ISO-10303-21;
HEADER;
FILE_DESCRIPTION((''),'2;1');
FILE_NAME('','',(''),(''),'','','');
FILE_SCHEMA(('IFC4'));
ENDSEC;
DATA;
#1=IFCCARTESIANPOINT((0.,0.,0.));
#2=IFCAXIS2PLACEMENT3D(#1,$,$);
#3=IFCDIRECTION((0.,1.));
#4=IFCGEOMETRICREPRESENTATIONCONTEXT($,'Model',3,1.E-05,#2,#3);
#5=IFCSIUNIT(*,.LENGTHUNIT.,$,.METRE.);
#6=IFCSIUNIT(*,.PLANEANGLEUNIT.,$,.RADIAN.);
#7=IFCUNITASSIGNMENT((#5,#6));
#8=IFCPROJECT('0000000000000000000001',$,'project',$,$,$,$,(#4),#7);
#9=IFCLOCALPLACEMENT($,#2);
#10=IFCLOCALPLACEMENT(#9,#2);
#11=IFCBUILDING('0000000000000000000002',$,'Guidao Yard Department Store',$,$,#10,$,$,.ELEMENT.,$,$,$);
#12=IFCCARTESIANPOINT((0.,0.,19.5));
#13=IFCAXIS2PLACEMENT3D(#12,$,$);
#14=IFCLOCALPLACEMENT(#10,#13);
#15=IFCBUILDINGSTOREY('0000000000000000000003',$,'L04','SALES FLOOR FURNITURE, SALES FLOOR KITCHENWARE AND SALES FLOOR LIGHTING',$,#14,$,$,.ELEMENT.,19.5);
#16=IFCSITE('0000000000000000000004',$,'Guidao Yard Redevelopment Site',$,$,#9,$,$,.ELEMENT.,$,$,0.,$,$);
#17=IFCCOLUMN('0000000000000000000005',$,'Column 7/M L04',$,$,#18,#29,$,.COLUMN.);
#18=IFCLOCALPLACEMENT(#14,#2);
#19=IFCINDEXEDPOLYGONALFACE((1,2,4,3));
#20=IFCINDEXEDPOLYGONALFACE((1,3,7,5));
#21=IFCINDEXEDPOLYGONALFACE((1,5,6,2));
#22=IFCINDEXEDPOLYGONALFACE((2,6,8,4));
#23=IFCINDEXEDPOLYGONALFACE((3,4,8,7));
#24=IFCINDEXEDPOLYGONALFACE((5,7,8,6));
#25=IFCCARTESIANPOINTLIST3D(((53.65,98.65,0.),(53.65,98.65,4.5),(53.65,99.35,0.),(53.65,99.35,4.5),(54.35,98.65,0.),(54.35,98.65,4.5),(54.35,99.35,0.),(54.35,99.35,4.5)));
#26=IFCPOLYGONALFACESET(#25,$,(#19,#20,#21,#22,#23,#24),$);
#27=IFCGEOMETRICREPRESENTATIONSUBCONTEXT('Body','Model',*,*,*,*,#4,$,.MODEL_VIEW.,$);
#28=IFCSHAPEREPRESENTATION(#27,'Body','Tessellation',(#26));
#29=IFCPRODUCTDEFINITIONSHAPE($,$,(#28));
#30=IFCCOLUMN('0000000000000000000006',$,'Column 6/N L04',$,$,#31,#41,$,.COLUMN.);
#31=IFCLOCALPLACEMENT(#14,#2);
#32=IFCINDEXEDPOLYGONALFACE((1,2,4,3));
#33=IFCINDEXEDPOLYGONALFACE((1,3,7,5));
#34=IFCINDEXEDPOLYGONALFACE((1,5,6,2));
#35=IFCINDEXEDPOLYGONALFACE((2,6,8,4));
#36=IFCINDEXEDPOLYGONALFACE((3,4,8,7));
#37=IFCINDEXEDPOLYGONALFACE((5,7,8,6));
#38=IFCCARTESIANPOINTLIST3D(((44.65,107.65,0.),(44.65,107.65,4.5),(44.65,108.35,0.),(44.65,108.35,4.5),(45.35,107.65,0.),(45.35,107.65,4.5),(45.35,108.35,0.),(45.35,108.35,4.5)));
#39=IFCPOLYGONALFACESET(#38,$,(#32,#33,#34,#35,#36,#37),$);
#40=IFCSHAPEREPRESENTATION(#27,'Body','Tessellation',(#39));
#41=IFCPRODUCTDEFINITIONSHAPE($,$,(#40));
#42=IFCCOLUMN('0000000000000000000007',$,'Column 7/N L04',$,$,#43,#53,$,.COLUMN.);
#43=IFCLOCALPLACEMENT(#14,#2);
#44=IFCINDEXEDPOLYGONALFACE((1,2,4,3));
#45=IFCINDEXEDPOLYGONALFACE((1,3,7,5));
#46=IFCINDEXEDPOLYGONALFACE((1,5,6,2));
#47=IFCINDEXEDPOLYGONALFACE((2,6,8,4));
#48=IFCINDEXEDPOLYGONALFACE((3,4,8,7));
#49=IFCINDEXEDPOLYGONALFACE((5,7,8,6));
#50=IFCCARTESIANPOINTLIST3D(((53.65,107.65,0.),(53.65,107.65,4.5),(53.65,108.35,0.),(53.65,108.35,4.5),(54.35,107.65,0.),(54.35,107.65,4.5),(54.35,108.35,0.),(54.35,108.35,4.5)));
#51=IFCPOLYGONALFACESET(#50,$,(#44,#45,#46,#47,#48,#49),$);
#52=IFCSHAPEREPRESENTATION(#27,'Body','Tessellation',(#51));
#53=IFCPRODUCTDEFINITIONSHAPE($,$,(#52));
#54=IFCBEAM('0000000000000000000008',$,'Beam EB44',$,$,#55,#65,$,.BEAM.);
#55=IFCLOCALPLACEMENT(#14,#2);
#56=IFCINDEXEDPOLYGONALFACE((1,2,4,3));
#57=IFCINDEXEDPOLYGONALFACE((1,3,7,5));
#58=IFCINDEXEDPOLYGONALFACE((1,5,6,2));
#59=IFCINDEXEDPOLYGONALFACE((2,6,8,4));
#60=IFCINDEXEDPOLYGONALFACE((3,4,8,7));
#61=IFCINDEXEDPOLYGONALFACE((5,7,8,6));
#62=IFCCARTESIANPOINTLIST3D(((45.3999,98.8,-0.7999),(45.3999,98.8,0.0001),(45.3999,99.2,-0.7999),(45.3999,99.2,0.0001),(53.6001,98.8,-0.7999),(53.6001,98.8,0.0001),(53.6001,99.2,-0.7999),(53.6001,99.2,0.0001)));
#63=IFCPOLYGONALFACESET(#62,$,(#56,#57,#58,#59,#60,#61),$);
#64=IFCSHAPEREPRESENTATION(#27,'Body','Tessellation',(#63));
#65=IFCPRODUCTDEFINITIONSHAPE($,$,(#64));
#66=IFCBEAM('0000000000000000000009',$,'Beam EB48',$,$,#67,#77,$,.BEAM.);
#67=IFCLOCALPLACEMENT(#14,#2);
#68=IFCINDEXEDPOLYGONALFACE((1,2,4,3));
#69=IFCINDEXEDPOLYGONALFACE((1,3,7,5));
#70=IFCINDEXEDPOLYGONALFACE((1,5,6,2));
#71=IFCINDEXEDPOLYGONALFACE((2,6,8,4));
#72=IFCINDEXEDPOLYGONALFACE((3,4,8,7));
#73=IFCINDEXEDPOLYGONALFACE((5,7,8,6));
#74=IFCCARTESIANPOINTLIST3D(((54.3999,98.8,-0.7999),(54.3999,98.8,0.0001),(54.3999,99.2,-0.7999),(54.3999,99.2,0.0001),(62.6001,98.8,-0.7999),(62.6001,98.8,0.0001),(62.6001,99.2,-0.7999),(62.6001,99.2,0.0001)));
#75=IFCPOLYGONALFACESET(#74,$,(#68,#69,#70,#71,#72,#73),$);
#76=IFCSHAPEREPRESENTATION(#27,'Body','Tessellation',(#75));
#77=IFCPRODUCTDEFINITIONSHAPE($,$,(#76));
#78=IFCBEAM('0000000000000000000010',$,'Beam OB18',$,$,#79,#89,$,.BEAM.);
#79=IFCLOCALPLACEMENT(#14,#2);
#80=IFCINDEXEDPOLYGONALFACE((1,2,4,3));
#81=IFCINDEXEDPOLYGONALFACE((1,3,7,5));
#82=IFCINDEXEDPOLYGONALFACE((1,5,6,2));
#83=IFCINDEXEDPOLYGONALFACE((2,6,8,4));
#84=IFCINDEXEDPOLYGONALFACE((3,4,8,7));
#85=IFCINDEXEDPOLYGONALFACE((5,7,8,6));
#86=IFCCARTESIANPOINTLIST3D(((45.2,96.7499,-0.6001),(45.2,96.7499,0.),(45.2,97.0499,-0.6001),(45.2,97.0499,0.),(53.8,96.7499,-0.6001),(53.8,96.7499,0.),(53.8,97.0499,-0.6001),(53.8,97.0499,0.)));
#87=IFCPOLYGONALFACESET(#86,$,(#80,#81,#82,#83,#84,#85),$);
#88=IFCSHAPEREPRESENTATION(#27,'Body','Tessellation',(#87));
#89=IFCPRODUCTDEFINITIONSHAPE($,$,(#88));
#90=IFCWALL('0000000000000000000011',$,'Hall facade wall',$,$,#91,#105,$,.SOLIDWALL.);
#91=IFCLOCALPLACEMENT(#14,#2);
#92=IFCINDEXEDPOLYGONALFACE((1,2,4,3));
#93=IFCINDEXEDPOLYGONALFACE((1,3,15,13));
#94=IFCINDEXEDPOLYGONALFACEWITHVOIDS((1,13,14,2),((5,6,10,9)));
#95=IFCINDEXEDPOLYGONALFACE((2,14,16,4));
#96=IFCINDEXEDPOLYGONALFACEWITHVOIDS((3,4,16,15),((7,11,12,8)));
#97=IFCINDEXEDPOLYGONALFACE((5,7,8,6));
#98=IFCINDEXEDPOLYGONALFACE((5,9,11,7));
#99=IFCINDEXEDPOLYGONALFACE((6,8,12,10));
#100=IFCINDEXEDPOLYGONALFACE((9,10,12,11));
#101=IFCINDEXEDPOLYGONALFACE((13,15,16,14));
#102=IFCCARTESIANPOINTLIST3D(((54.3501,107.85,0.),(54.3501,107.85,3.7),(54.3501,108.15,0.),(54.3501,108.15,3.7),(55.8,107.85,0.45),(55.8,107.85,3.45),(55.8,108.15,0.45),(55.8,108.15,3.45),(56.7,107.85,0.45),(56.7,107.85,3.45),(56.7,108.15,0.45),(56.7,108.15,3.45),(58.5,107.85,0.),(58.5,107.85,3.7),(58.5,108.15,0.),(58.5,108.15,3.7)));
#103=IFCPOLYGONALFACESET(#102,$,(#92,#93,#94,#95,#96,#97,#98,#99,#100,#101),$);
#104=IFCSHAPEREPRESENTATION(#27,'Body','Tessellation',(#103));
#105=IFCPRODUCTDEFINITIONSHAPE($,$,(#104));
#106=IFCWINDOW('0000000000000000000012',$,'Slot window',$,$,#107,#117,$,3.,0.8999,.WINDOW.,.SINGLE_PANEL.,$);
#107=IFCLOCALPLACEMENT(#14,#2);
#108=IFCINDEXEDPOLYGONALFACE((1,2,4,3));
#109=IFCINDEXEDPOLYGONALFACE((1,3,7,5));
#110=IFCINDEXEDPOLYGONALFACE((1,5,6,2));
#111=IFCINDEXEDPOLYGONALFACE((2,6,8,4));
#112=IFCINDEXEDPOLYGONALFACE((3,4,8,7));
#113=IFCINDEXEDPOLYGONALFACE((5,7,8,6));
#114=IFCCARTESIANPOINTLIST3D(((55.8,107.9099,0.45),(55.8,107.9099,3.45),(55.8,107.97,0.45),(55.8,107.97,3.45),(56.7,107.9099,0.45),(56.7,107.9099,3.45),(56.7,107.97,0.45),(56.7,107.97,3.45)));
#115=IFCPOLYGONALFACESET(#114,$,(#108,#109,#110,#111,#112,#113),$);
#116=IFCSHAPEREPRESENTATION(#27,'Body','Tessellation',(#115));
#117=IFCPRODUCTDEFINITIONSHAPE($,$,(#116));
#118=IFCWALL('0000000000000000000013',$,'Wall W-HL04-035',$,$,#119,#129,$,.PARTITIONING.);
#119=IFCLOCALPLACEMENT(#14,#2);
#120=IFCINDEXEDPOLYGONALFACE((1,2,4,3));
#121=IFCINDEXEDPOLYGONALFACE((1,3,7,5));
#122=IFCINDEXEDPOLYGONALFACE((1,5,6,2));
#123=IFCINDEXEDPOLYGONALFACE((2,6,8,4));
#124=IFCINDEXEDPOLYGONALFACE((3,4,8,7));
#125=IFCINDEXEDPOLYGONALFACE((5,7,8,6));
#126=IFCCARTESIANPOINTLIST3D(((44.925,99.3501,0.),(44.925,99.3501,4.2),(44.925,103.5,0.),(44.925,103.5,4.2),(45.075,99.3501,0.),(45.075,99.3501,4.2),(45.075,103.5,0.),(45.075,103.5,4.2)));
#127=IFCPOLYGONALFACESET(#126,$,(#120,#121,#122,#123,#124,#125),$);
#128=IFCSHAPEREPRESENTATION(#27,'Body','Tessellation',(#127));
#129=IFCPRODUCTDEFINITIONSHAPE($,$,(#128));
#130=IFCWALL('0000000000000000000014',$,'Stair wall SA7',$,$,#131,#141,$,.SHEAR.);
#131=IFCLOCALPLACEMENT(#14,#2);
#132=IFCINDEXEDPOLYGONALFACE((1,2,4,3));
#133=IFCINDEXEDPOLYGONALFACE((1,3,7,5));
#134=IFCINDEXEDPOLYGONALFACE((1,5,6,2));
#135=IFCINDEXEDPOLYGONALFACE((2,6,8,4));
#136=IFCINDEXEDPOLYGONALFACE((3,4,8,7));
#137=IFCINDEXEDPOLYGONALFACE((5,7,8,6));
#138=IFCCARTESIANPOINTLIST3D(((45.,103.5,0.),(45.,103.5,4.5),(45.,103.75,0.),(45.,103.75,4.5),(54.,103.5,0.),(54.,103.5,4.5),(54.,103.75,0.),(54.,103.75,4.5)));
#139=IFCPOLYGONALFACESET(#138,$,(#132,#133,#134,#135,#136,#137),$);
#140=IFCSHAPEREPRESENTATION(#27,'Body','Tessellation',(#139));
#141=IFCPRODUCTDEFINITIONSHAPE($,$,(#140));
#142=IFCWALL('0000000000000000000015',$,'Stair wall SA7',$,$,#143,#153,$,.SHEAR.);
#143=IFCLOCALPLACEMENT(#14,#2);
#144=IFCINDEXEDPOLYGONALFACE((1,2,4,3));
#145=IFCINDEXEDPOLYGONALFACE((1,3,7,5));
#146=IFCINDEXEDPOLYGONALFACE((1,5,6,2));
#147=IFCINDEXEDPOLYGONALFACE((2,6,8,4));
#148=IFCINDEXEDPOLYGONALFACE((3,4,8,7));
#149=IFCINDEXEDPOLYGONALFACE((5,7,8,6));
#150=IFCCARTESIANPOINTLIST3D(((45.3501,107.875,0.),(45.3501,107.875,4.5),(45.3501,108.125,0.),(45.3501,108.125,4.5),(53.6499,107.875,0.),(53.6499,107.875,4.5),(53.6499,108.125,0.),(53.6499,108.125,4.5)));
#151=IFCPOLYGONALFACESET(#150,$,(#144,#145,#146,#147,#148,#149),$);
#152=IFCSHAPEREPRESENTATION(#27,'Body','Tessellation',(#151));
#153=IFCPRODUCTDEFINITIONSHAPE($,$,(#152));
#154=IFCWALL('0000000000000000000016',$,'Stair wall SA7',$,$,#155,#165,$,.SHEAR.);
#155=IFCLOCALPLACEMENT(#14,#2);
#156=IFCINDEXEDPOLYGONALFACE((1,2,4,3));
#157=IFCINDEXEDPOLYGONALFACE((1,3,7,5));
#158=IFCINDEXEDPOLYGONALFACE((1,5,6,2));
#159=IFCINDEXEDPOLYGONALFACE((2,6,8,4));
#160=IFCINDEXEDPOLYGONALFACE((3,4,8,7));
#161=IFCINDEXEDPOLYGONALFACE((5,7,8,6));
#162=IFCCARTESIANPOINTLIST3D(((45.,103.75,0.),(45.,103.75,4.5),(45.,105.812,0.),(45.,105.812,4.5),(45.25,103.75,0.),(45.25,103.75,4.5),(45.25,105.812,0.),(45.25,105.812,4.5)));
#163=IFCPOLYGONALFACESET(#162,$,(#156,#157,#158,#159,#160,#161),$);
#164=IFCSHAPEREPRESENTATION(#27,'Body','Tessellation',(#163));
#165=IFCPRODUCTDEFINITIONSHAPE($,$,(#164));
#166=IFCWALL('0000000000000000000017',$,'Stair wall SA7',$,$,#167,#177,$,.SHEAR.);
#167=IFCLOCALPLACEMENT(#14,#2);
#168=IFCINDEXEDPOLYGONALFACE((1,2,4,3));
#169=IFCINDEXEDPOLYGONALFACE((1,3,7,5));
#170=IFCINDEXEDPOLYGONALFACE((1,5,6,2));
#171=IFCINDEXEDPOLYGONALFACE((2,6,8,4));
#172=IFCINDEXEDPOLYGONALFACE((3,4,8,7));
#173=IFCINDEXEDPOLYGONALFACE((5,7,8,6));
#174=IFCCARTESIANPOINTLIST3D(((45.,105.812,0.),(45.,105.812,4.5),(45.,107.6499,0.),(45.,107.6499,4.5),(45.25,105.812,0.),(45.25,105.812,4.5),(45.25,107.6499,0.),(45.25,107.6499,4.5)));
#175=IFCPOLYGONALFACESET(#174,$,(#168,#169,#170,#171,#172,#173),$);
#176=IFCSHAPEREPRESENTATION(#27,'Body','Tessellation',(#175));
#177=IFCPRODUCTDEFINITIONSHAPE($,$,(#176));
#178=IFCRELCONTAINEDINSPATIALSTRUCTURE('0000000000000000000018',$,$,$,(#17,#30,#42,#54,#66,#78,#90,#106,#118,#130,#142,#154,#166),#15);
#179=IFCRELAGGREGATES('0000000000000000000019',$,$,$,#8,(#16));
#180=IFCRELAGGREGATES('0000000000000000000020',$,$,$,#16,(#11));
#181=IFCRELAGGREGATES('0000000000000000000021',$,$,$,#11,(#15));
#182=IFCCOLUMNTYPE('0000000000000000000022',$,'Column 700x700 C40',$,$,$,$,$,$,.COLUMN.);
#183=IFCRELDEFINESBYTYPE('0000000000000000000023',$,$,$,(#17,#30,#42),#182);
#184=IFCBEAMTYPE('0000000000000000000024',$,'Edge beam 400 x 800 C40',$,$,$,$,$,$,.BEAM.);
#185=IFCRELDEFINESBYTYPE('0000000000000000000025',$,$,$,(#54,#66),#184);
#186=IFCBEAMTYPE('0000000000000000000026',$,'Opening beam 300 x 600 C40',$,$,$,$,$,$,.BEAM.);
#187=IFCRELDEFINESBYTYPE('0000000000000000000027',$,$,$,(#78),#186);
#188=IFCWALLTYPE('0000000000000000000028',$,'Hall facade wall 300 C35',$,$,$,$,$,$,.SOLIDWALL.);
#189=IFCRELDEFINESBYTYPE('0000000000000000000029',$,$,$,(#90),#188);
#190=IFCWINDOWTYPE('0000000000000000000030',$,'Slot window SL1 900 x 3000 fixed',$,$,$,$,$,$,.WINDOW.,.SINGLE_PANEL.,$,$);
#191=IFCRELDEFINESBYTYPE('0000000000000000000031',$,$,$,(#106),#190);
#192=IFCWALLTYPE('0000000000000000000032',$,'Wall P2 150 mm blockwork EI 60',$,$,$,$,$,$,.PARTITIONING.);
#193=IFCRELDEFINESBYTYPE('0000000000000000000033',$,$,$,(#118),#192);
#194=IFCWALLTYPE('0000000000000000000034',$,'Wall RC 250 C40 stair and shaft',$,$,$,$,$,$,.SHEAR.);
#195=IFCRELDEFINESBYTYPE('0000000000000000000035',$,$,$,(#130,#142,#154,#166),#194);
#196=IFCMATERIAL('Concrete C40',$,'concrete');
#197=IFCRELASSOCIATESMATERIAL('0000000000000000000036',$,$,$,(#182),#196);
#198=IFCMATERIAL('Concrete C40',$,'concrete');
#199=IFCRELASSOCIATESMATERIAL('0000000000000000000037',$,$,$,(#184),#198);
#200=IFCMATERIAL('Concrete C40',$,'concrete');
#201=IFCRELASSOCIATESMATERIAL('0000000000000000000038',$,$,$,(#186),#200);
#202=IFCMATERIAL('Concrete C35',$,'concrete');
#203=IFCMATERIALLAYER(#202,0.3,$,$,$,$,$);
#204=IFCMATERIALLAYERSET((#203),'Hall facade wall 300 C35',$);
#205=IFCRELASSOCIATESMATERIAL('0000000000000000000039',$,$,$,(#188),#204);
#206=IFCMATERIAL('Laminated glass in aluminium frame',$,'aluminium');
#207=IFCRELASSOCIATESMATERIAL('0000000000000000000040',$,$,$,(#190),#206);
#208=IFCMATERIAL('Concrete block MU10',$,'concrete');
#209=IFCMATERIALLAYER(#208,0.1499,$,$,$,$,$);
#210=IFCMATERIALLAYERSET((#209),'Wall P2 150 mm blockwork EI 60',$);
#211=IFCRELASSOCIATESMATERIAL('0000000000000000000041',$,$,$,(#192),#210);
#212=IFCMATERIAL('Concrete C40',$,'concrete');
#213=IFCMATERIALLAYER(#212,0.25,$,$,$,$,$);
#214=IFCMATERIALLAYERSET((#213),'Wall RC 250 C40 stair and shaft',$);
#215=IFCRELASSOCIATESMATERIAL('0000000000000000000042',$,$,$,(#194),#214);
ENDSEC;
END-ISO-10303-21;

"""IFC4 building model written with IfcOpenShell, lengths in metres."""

from ifc_helpers import new_model, si_unit, direction, frame, frame_2d, origin, origin_2d, place, context, subcontext, project, spatial, rectangle, extrude, material, layer, layer_set, material_profile, profile_set, type_object, element, fill, save


model = new_model("IFC4")

# Units and contexts
model_context = context("Model", 3, precision=1e-05, world=origin(), true_north=direction((0.0, 1.0)))
body_context = subcontext(model_context, "Body", "Model", "MODEL_VIEW")
ifc_project = project(units=[si_unit("LENGTHUNIT", "METRE"), si_unit("PLANEANGLEUNIT", "RADIAN")], contexts=[model_context])

# Site, building, storey
site_placement = place(None, origin())
site = spatial("IfcSite", under=ifc_project, at=site_placement, Name="Guidao Yard Redevelopment Site", CompositionType="ELEMENT", RefElevation=0.0)
building_placement = place(site_placement, origin())
building = spatial("IfcBuilding", under=site, at=building_placement, Name="Guidao Yard Department Store", CompositionType="ELEMENT")
storey_placement = place(building_placement, frame((0.0, 0.0, 19.5)))
storey = spatial("IfcBuildingStorey", under=building, at=storey_placement, Name="L04", Description="SALES FLOOR FURNITURE, SALES FLOOR KITCHENWARE AND SALES FLOOR LIGHTING", CompositionType="ELEMENT", Elevation=19.5)

# Columns
ifc_material_1 = material(Name="Concrete C40", Category="concrete")
ifc_material_profile_1 = material_profile(ifc_material_1, rectangle(XDim=0.7, YDim=0.7, at=origin_2d()), Name="COL 700x700")
ifc_profile_set_1 = profile_set([ifc_material_profile_1], Name="Concrete C40")
column_type = type_object("IfcColumnType", Name="Column 700x700 C40", PredefinedType="COLUMN", material=ifc_profile_set_1)
for number, where, z_axis, x_axis, name in (
    (1, (54.0, 99.0, 0.0), (0.0, 0.0, 1.0), (1.0, 0.0, 0.0), "Column 7/M L04"),
    (2, (45.0, 108.0, 0.0), (0.0, 0.0, 1.0), (1.0, 0.0, 0.0), "Column 6/N L04"),
    (3, (54.0, 108.0, 0.0), (0.0, 0.0, 1.0), (1.0, 0.0, 0.0), "Column 7/N L04"),
):
    element("IfcColumn", number, at=place(storey_placement, frame(where, z_axis=z_axis, x_axis=x_axis)), inside=storey, type_object=column_type, Name=name, PredefinedType="COLUMN", context=body_context, shape_type="SweptSolid", body=[
        extrude(rectangle(XDim=0.7, YDim=0.7, at=origin_2d()), origin(), (0.0, 0.0, 1.0), 4.5),
    ])

# Beams
ifc_material_2 = material(Name="Concrete C40", Category="concrete")
ifc_material_profile_2 = material_profile(ifc_material_2, rectangle(XDim=0.3999, YDim=0.8, at=origin_2d()), Name="Edge beam 400 x 800 C40")
ifc_profile_set_2 = profile_set([ifc_material_profile_2], Name="Concrete C40")
beam_type_1 = type_object("IfcBeamType", Name="Edge beam 400 x 800 C40", PredefinedType="BEAM", material=ifc_profile_set_2)
for number, where, z_axis, x_axis, name in (
    (4, (45.3999, 99.0, -0.3999), (1.0, 0.0, 0.0), (0.0, 1.0, 0.0), "Beam EB44"),
    (5, (54.3999, 99.0, -0.3999), (1.0, 0.0, 0.0), (0.0, 1.0, 0.0), "Beam EB48"),
):
    element("IfcBeam", number, at=place(storey_placement, frame(where, z_axis=z_axis, x_axis=x_axis)), inside=storey, type_object=beam_type_1, Name=name, PredefinedType="BEAM", context=body_context, shape_type="SweptSolid", body=[
        extrude(rectangle(XDim=0.3999, YDim=0.8, at=origin_2d()), origin(), (0.0, 0.0, 1.0), 8.2002),
    ])
ifc_material_3 = material(Name="Concrete C40", Category="concrete")
ifc_material_profile_3 = material_profile(ifc_material_3, rectangle(XDim=0.3, YDim=0.6001, at=origin_2d()), Name="Opening beam 300 x 600 C40")
ifc_profile_set_3 = profile_set([ifc_material_profile_3], Name="Concrete C40")
beam_type_2 = type_object("IfcBeamType", Name="Opening beam 300 x 600 C40", PredefinedType="BEAM", material=ifc_profile_set_3)
beam_placement = place(storey_placement, frame((45.2, 96.8999, -0.3), z_axis=(1.0, 0.0, 0.0), x_axis=(0.0, 1.0, 0.0)))
element("IfcBeam", 6, at=beam_placement, inside=storey, type_object=beam_type_2, Name="Beam OB18", PredefinedType="BEAM", context=body_context, shape_type="SweptSolid", body=[
    extrude(rectangle(XDim=0.3, YDim=0.6001, at=origin_2d()), origin(), (0.0, 0.0, 1.0), 8.6001),
])

# Wall, opening, window
ifc_material_4 = material(Name="Concrete C35", Category="concrete")
ifc_layer_1 = layer(ifc_material_4, 0.3)
ifc_layer_set_1 = layer_set([ifc_layer_1], Name="Hall facade wall 300 C35")
wall_type_1 = type_object("IfcWallType", Name="Hall facade wall 300 C35", PredefinedType="SOLIDWALL", material=ifc_layer_set_1)
wall_1_placement = place(storey_placement, frame((54.3501, 108.0, 0.0), z_axis=(0.0, 0.0, 1.0), x_axis=(1.0, 0.0, 0.0)))
wall_1 = element("IfcWall", 7, at=wall_1_placement, inside=storey, type_object=wall_type_1, Name="Hall facade wall", PredefinedType="SOLIDWALL", context=body_context, shape_type="SweptSolid", body=[
    extrude(rectangle(XDim=4.1499, YDim=0.3, at=frame_2d((2.075, 0.0))), origin(), (0.0, 0.0, 1.0), 3.7),
])
opening_1_placement = place(wall_1_placement, frame((1.45, 0.0, 0.45)))
opening_1 = element("IfcOpeningElement", 8, at=opening_1_placement, cuts=wall_1, PredefinedType="OPENING", context=body_context, shape_type="SweptSolid", body=[
    extrude(rectangle(XDim=0.8999, YDim=3.0, at=frame_2d((0.45, 1.5))), frame((0.0, 0.1599, 0.0), z_axis=(0.0, -1.0, 0.0), x_axis=(1.0, 0.0, 0.0)), (0.0, 0.0, 1.0), 0.3201),
])
ifc_material_5 = material(Name="Laminated glass in aluminium frame", Category="aluminium")
window_type = type_object("IfcWindowType", Name="Slot window SL1 900 x 3000 fixed", PartitioningType="SINGLE_PANEL", PredefinedType="WINDOW", material=ifc_material_5)
window_placement = place(opening_1_placement, origin())
window = element("IfcWindow", 9, at=window_placement, inside=storey, type_object=window_type, Name="Slot window", OverallHeight=3.0, OverallWidth=0.8999, PartitioningType="SINGLE_PANEL", PredefinedType="WINDOW", context=body_context, shape_type="SweptSolid", body=[
    extrude(rectangle(XDim=0.8999, YDim=3.0, at=frame_2d((0.45, 1.5))), frame((0.0, -0.03, 0.0), z_axis=(0.0, -1.0, 0.0), x_axis=(1.0, 0.0, 0.0)), (0.0, 0.0, 1.0), 0.0601),
])
fill(opening_1, window)

# Walls
ifc_material_6 = material(Name="Concrete block MU10", Category="concrete")
ifc_layer_2 = layer(ifc_material_6, 0.1499)
ifc_layer_set_2 = layer_set([ifc_layer_2], Name="Wall P2 150 mm blockwork EI 60")
wall_type_2 = type_object("IfcWallType", Name="Wall P2 150 mm blockwork EI 60", PredefinedType="PARTITIONING", material=ifc_layer_set_2)
wall_2_placement = place(storey_placement, frame((45.0, 99.3501, 0.0), z_axis=(0.0, 0.0, 1.0), x_axis=(0.0, 1.0, 0.0)))
element("IfcWall", 10, at=wall_2_placement, inside=storey, type_object=wall_type_2, Name="Wall W-HL04-035", PredefinedType="PARTITIONING", context=body_context, shape_type="SweptSolid", body=[
    extrude(rectangle(XDim=4.1499, YDim=0.1499, at=frame_2d((2.075, 0.0))), origin(), (0.0, 0.0, 1.0), 4.2),
])
ifc_material_7 = material(Name="Concrete C40", Category="concrete")
ifc_layer_3 = layer(ifc_material_7, 0.25)
ifc_layer_set_3 = layer_set([ifc_layer_3], Name="Wall RC 250 C40 stair and shaft")
wall_type_3 = type_object("IfcWallType", Name="Wall RC 250 C40 stair and shaft", PredefinedType="SHEAR", material=ifc_layer_set_3)
wall_3_placement = place(storey_placement, frame((45.0, 103.625, 0.0), z_axis=(0.0, 0.0, 1.0), x_axis=(1.0, 0.0, 0.0)))
element("IfcWall", 11, at=wall_3_placement, inside=storey, type_object=wall_type_3, Name="Stair wall SA7", PredefinedType="SHEAR", context=body_context, shape_type="SweptSolid", body=[
    extrude(rectangle(XDim=9.0, YDim=0.25, at=frame_2d((4.5, 0.0))), origin(), (0.0, 0.0, 1.0), 4.5),
])
wall_4_placement = place(storey_placement, frame((45.3501, 108.0, 0.0), z_axis=(0.0, 0.0, 1.0), x_axis=(1.0, 0.0, 0.0)))
element("IfcWall", 12, at=wall_4_placement, inside=storey, type_object=wall_type_3, Name="Stair wall SA7", PredefinedType="SHEAR", context=body_context, shape_type="SweptSolid", body=[
    extrude(rectangle(XDim=8.2998, YDim=0.25, at=frame_2d((4.1499, 0.0))), origin(), (0.0, 0.0, 1.0), 4.5),
])
wall_5_placement = place(storey_placement, frame((45.125, 103.75, 0.0), z_axis=(0.0, 0.0, 1.0), x_axis=(0.0, 1.0, 0.0)))
element("IfcWall", 13, at=wall_5_placement, inside=storey, type_object=wall_type_3, Name="Stair wall SA7", PredefinedType="SHEAR", context=body_context, shape_type="SweptSolid", body=[
    extrude(rectangle(XDim=2.062, YDim=0.25, at=frame_2d((1.031, 0.0))), origin(), (0.0, 0.0, 1.0), 4.5),
])
wall_6_placement = place(storey_placement, frame((45.125, 105.812, 0.0), z_axis=(0.0, 0.0, 1.0), x_axis=(0.0, 1.0, 0.0)))
element("IfcWall", 14, at=wall_6_placement, inside=storey, type_object=wall_type_3, Name="Stair wall SA7", PredefinedType="SHEAR", context=body_context, shape_type="SweptSolid", body=[
    extrude(rectangle(XDim=1.8379, YDim=0.25, at=frame_2d((0.9189, 0.0))), origin(), (0.0, 0.0, 1.0), 4.5),
])

save(model, "model.ifc")
